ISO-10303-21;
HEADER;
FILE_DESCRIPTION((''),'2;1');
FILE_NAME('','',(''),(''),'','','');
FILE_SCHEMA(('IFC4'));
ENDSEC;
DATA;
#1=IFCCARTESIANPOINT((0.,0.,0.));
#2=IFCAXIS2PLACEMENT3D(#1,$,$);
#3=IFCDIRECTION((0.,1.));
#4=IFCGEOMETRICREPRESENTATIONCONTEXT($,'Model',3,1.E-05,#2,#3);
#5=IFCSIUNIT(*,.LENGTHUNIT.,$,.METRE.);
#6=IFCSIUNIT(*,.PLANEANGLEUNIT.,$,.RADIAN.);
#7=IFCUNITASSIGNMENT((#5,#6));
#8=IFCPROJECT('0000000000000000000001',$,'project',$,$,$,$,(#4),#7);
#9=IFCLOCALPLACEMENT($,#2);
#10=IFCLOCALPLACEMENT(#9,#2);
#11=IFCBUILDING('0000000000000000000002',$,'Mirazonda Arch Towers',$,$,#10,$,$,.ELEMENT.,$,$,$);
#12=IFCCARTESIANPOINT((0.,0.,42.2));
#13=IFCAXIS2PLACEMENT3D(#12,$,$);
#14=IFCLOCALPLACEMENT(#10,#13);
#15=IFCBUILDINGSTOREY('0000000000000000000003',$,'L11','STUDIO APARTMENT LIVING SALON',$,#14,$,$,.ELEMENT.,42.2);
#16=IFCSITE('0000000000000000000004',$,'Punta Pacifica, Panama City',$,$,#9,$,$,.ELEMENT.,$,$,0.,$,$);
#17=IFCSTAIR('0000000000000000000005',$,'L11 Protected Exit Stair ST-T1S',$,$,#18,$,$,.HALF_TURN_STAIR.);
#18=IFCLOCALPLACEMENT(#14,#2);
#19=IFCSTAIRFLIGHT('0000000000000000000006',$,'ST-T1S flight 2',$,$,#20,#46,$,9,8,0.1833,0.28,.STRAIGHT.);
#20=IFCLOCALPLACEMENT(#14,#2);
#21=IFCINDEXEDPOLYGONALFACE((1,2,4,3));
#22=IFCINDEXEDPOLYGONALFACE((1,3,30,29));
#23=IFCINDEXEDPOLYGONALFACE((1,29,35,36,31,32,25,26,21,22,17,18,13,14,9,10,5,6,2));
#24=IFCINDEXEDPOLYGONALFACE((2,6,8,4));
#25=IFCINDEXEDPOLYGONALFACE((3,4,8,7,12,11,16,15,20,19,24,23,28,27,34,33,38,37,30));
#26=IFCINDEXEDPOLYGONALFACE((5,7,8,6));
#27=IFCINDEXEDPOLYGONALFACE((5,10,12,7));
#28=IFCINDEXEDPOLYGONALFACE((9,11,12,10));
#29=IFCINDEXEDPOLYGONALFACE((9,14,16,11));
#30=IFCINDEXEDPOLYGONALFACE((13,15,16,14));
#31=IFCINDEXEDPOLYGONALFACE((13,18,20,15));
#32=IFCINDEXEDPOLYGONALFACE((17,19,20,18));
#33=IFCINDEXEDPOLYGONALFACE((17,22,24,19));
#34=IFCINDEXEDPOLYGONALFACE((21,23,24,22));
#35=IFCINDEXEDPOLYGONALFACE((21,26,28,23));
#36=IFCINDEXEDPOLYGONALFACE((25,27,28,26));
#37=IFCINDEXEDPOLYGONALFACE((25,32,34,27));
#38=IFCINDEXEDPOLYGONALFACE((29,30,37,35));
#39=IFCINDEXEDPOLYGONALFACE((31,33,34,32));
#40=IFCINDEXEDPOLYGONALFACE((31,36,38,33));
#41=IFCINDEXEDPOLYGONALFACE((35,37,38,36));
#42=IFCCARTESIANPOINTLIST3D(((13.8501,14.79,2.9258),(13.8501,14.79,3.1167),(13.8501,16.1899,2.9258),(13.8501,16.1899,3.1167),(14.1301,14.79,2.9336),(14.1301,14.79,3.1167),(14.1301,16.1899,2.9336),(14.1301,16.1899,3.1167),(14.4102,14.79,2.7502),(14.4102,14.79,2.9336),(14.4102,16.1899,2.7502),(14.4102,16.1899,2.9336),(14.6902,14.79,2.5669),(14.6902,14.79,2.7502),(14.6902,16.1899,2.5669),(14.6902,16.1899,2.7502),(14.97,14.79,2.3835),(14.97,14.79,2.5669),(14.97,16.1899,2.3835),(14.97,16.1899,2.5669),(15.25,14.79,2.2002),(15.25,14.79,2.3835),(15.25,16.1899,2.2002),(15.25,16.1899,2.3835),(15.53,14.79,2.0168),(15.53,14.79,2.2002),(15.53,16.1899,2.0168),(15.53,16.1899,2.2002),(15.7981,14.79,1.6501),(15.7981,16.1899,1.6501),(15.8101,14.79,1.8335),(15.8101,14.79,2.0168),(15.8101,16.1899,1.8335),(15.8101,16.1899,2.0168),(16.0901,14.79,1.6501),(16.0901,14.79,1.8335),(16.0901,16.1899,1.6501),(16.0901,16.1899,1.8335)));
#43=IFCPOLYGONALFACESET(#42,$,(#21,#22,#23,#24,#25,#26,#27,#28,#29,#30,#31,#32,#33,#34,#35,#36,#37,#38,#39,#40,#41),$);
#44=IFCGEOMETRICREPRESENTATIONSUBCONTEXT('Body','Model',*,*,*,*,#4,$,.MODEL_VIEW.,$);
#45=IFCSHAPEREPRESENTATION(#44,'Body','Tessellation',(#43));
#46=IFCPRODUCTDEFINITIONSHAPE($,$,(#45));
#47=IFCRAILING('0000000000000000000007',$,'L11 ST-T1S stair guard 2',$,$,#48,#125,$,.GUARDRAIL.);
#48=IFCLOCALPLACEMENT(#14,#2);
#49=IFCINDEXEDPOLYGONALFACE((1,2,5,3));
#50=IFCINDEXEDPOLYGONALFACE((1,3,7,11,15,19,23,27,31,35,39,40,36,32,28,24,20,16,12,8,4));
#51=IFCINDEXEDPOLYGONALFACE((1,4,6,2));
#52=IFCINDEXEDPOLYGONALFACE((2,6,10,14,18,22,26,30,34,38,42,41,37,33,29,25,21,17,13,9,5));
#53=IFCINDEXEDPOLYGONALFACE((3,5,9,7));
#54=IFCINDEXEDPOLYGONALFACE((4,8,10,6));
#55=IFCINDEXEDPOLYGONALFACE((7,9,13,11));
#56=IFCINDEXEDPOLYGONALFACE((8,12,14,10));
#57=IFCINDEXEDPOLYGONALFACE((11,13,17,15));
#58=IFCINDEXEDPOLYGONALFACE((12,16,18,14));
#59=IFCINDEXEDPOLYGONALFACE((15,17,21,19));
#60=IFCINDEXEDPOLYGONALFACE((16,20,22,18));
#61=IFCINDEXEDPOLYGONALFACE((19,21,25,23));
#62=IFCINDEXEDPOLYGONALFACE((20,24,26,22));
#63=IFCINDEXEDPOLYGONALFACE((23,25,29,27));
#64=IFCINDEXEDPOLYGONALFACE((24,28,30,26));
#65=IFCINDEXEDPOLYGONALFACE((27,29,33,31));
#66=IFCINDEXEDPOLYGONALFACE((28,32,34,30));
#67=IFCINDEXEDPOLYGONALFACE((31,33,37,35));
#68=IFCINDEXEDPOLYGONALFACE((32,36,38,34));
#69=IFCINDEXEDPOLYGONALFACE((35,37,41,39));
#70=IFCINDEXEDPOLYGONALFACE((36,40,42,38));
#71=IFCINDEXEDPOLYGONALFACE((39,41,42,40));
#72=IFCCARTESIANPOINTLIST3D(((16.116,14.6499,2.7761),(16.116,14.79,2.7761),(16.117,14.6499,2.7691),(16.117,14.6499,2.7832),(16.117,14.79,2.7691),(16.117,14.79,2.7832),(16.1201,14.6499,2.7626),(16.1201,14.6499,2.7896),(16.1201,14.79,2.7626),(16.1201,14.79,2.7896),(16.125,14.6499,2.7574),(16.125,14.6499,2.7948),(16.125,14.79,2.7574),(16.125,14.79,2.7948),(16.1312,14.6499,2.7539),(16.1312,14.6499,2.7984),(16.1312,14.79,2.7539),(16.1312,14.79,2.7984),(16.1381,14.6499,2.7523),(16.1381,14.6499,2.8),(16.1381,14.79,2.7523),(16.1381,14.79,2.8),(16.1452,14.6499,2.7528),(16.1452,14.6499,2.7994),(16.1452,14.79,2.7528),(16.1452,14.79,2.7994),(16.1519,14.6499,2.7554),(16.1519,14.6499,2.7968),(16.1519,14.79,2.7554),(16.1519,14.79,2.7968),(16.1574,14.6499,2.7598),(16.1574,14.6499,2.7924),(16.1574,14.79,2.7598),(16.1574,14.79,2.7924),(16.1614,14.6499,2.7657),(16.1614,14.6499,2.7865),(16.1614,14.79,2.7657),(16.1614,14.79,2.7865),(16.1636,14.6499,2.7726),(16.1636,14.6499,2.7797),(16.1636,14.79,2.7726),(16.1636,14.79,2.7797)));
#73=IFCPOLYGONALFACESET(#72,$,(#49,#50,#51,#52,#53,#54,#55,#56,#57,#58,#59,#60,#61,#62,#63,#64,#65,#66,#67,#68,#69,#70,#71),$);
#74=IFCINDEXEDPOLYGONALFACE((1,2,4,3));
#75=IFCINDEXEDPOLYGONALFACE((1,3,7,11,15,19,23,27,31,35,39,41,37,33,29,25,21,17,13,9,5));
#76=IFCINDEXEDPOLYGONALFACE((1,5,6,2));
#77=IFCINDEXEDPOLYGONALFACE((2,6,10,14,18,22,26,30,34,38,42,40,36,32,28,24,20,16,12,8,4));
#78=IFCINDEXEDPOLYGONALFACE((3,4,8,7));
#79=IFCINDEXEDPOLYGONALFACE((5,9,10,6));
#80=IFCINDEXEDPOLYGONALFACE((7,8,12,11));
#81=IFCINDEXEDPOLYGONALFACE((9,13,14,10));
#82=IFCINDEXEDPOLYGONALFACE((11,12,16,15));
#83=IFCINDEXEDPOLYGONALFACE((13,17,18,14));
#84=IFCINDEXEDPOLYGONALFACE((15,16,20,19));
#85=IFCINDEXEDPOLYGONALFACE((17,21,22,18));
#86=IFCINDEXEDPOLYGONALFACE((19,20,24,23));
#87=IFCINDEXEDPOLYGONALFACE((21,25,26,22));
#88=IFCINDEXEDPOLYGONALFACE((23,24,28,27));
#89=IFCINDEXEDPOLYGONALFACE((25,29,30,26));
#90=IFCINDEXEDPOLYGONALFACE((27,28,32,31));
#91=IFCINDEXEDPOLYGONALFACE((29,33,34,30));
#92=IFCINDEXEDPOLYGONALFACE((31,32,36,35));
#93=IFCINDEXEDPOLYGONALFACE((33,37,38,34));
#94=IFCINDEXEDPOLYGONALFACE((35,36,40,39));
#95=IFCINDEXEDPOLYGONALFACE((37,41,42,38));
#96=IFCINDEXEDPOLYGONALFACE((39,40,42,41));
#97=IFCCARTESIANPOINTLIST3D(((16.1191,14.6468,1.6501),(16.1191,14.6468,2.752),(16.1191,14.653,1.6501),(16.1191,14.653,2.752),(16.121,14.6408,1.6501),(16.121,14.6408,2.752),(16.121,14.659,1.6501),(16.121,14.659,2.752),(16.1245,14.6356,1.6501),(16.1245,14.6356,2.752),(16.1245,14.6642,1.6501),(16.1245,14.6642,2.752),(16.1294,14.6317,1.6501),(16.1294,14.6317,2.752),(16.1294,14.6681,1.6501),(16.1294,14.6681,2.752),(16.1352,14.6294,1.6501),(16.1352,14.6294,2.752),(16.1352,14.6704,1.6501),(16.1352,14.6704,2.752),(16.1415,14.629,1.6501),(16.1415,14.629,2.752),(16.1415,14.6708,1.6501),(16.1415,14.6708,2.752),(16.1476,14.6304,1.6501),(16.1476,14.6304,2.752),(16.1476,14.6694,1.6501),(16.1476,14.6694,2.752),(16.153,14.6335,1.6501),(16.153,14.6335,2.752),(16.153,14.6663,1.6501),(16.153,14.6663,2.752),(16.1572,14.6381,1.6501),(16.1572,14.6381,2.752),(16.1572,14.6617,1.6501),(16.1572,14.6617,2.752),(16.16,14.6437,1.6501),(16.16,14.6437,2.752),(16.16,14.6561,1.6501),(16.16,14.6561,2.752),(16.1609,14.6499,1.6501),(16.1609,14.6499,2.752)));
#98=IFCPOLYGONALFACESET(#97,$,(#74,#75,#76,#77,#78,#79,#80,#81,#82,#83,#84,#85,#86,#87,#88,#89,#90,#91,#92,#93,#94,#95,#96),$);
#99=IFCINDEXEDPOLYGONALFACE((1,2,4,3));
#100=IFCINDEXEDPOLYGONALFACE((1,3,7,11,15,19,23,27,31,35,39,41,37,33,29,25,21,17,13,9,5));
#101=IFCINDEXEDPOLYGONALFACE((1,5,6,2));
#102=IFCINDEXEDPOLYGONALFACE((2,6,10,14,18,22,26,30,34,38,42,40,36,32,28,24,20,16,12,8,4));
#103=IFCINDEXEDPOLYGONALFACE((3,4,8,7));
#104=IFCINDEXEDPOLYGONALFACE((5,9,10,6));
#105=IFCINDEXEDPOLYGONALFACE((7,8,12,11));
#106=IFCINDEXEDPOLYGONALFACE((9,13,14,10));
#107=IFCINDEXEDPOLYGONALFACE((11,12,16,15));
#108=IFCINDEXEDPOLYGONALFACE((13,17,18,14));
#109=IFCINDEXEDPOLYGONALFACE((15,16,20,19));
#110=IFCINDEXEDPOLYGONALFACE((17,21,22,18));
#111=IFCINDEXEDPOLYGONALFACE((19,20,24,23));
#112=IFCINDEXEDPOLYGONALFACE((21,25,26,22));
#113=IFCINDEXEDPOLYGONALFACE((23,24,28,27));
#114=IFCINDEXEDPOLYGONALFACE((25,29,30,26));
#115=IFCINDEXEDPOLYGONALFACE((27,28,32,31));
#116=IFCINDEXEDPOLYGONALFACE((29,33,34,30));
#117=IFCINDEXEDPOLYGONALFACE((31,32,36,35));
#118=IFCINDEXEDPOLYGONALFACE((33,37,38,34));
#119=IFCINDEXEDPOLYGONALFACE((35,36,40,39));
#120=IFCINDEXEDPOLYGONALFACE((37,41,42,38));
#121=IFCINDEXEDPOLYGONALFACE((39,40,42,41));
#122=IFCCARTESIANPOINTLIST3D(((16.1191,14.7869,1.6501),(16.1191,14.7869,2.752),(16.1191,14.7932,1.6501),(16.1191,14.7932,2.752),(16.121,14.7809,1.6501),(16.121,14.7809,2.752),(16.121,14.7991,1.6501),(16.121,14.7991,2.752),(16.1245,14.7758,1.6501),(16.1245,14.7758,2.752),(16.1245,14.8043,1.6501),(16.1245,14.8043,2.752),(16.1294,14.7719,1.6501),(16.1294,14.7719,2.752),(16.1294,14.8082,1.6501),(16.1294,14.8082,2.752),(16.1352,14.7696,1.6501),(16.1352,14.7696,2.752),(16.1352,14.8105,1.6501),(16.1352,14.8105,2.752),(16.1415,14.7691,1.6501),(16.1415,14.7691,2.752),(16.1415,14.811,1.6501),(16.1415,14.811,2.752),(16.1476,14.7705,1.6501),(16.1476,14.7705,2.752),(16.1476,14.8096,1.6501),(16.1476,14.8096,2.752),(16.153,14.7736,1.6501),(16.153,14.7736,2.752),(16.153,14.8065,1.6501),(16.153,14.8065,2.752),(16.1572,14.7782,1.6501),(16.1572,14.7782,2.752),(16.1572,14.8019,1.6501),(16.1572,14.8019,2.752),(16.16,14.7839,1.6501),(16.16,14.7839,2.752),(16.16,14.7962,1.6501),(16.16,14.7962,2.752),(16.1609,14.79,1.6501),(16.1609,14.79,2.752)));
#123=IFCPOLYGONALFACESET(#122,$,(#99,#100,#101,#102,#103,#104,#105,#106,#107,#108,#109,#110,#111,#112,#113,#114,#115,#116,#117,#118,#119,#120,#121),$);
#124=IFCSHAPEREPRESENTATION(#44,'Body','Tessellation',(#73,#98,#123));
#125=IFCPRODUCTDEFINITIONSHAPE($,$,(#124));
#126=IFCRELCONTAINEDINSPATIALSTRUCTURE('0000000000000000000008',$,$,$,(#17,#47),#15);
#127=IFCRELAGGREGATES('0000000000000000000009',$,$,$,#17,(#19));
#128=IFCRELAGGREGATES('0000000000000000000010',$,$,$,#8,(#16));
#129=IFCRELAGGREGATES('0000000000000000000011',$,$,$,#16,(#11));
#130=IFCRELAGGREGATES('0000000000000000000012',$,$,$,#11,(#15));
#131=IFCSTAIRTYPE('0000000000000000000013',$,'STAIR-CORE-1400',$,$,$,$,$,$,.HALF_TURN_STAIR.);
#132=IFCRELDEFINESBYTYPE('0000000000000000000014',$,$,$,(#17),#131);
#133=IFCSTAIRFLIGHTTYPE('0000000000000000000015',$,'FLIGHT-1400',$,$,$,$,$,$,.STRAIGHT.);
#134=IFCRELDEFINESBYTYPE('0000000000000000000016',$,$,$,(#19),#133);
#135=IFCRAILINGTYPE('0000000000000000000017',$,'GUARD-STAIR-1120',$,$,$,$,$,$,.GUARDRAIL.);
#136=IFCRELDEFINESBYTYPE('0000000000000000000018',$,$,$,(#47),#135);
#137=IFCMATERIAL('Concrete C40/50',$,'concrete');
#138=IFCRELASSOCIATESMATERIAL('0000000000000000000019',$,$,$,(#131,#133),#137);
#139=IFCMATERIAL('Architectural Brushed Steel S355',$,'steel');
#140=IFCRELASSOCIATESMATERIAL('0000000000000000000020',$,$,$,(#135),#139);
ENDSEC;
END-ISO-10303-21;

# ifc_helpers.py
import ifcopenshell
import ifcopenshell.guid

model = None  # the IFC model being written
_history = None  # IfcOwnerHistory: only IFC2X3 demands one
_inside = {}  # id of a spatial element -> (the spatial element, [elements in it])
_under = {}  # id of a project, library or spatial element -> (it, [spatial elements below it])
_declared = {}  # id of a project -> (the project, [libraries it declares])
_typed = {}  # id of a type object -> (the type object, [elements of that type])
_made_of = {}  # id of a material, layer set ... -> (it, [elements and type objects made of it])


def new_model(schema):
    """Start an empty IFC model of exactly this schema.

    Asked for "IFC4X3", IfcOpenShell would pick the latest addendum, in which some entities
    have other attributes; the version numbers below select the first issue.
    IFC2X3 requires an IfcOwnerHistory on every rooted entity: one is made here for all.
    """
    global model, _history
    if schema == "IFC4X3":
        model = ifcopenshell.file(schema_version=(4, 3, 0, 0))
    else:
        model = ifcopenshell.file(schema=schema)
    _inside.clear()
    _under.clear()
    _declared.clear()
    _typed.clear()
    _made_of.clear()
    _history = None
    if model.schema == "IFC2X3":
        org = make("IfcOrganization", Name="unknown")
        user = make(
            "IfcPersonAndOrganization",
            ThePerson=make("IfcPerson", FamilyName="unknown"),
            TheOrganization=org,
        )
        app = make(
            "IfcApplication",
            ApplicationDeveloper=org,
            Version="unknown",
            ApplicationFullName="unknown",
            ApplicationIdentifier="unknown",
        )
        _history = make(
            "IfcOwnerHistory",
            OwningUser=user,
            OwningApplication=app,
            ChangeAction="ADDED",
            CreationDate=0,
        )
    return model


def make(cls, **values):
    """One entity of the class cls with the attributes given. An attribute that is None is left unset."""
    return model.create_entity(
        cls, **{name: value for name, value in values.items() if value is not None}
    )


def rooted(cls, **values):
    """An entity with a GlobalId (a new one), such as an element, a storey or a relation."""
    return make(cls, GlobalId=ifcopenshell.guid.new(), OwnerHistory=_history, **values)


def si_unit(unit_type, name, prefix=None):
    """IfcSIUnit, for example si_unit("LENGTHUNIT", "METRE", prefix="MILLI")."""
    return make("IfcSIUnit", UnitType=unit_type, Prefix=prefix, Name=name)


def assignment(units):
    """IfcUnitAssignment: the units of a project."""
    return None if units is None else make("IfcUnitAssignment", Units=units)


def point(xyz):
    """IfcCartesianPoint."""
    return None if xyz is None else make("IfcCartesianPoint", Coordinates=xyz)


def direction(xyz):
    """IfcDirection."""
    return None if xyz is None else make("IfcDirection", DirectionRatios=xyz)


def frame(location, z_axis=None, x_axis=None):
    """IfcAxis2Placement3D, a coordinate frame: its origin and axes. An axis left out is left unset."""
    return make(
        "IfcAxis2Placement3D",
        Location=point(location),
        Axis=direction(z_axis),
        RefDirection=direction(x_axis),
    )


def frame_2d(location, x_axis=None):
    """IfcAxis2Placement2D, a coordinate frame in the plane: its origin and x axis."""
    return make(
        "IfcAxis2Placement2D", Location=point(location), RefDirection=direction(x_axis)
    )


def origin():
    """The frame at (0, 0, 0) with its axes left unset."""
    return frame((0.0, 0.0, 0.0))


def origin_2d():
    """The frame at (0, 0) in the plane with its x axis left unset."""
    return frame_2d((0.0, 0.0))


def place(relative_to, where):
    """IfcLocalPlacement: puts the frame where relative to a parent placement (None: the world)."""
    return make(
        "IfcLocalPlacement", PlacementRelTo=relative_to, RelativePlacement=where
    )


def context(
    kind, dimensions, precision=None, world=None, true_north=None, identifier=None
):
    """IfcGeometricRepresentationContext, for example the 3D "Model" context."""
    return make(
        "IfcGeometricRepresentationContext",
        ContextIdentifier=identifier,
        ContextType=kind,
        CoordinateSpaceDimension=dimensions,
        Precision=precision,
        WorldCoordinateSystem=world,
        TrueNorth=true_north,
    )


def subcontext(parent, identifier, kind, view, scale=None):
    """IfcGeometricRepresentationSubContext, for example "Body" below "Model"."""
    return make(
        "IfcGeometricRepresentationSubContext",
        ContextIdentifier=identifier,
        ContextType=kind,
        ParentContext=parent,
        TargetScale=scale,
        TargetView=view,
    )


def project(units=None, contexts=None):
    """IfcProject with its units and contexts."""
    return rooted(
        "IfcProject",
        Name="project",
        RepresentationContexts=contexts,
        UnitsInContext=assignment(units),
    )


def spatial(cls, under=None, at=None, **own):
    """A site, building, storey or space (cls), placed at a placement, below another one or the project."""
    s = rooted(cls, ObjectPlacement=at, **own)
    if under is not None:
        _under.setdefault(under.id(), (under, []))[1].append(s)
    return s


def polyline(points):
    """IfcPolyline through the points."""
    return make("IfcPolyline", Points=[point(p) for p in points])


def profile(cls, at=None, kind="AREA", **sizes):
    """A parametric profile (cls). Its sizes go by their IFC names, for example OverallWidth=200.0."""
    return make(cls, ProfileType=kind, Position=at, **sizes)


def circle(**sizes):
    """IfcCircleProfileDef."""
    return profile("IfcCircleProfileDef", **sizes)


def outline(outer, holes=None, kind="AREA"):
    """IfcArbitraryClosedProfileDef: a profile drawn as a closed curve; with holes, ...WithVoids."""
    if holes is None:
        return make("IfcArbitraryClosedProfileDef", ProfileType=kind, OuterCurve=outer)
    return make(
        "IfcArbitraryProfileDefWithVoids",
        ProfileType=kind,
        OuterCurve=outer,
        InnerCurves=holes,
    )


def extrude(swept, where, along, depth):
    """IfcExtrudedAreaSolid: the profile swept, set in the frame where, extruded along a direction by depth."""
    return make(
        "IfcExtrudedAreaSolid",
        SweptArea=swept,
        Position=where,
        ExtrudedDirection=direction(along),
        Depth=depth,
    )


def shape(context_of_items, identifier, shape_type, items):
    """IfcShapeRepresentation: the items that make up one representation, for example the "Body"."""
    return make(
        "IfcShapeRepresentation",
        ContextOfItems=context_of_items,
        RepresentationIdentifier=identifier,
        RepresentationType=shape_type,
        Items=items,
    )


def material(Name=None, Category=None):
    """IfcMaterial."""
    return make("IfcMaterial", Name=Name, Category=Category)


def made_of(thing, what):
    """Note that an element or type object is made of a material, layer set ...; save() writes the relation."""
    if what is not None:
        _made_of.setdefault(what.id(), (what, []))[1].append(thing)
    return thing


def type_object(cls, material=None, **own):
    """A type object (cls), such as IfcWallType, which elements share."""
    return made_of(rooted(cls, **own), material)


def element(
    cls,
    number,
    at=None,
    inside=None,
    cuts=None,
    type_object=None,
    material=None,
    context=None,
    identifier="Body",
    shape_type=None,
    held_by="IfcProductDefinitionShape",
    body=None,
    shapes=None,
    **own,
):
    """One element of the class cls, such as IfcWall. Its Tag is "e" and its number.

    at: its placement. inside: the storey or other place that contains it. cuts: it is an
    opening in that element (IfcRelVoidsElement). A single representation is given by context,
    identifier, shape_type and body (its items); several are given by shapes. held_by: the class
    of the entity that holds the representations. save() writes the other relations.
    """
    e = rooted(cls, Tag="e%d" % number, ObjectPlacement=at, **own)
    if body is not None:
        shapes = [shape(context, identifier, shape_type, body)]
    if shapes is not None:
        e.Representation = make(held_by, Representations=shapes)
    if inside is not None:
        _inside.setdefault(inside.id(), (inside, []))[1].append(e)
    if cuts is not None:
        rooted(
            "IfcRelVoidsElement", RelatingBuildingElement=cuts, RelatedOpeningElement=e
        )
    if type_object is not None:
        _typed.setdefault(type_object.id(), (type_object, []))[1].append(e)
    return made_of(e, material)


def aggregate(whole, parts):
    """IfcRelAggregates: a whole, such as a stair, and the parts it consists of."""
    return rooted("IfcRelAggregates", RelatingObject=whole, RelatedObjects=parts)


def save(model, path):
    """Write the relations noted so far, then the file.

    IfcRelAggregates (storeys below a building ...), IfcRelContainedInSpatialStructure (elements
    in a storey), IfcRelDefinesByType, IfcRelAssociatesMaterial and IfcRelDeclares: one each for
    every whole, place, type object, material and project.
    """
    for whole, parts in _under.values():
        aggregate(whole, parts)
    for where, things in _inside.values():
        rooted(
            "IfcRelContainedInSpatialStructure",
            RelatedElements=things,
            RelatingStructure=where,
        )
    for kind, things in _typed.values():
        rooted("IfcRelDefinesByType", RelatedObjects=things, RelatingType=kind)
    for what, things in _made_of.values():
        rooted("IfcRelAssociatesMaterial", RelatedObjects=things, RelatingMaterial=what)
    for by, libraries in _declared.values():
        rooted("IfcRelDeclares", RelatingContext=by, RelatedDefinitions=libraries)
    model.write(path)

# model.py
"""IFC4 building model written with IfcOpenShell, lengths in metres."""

from ifc_helpers import new_model, si_unit, direction, frame, origin, origin_2d, place, context, subcontext, project, spatial, polyline, circle, outline, extrude, material, type_object, element, aggregate, save


model = new_model("IFC4")

# Units and contexts
model_context = context("Model", 3, precision=1e-05, world=origin(), true_north=direction((0.0, 1.0)))
body_context = subcontext(model_context, "Body", "Model", "MODEL_VIEW")
ifc_project = project(units=[si_unit("LENGTHUNIT", "METRE"), si_unit("PLANEANGLEUNIT", "RADIAN")], contexts=[model_context])

# Site, building, storey
site_placement = place(None, origin())
site = spatial("IfcSite", under=ifc_project, at=site_placement, Name="Punta Pacifica, Panama City", CompositionType="ELEMENT", RefElevation=0.0)
building_placement = place(site_placement, origin())
building = spatial("IfcBuilding", under=site, at=building_placement, Name="Mirazonda Arch Towers", CompositionType="ELEMENT")
storey_placement = place(building_placement, frame((0.0, 0.0, 42.2)))
storey = spatial("IfcBuildingStorey", under=building, at=storey_placement, Name="L11", Description="STUDIO APARTMENT LIVING SALON", CompositionType="ELEMENT", Elevation=42.2)

# Shared definitions
ifc_material_1 = material(Name="Concrete C40/50", Category="concrete")

# Stair, stair flight
stair_type = type_object("IfcStairType", Name="STAIR-CORE-1400", PredefinedType="HALF_TURN_STAIR", material=ifc_material_1)
stair_placement = place(storey_placement, origin())
stair = element("IfcStair", 1, at=stair_placement, inside=storey, type_object=stair_type, Name="L11 Protected Exit Stair ST-T1S", PredefinedType="HALF_TURN_STAIR")
stair_flight_type = type_object("IfcStairFlightType", Name="FLIGHT-1400", PredefinedType="STRAIGHT", material=ifc_material_1)
stair_flight_placement = place(storey_placement, frame((16.0901, 15.49, 1.6501), z_axis=(0.0, 0.0, 1.0), x_axis=(-1.0, 0.0, 0.0)))
stair_flight = element("IfcStairFlight", 2, at=stair_flight_placement, type_object=stair_flight_type, Name="ST-T1S flight 2", NumberOfRisers=9, NumberOfTreads=8, PredefinedType="STRAIGHT", RiserHeight=0.1833, TreadLength=0.28, context=body_context, shape_type="SweptSolid", body=[
    extrude(outline(polyline([(0.0, 0.0), (0.0, 0.1833), (0.28, 0.1833), (0.28, 0.3667), (0.5601, 0.3667), (0.5601, 0.55), (0.8401, 0.55), (0.8401, 0.7334), (1.1201, 0.7334), (1.1201, 0.9167), (1.3999, 0.9167), (1.3999, 1.1001), (1.6799, 1.1001), (1.6799, 1.2834), (1.96, 1.2834), (1.96, 1.4666), (2.24, 1.4666), (2.24, 1.6499), (2.24, 1.2756), (0.292, 0.0), (0.0, 0.0)])), frame((0.0, 0.7, 0.0), z_axis=(0.0, -1.0, 0.0), x_axis=(1.0, 0.0, 0.0)), (0.0, 0.0, 1.0), 1.3999),
])
aggregate(stair, [stair_flight])

# Railing
ifc_material_2 = material(Name="Architectural Brushed Steel S355", Category="steel")
railing_type_1 = type_object("IfcRailingType", Name="GUARD-STAIR-1120", PredefinedType="GUARDRAIL", material=ifc_material_2)
railing_1_placement = place(storey_placement, frame((16.1399, 14.6499, 1.6501)))
element("IfcRailing", 3, at=railing_1_placement, inside=storey, type_object=railing_type_1, Name="L11 ST-T1S stair guard 2", PredefinedType="GUARDRAIL", context=body_context, shape_type="SweptSolid", body=[
    extrude(circle(Radius=0.0239, at=origin_2d()), frame((0.0, 0.0, 1.126), z_axis=(0.0, 1.0, 0.0), x_axis=(-1.0, 0.0, 0.0)), (0.0, 0.0, 1.0), 0.1401),
    extrude(circle(Radius=0.021, at=origin_2d()), origin(), (0.0, 0.0, 1.0), 1.1018),
    extrude(circle(Radius=0.021, at=origin_2d()), frame((0.0, 0.1401, 0.0)), (0.0, 0.0, 1.0), 1.1018),
])

save(model, "model.ifc")
